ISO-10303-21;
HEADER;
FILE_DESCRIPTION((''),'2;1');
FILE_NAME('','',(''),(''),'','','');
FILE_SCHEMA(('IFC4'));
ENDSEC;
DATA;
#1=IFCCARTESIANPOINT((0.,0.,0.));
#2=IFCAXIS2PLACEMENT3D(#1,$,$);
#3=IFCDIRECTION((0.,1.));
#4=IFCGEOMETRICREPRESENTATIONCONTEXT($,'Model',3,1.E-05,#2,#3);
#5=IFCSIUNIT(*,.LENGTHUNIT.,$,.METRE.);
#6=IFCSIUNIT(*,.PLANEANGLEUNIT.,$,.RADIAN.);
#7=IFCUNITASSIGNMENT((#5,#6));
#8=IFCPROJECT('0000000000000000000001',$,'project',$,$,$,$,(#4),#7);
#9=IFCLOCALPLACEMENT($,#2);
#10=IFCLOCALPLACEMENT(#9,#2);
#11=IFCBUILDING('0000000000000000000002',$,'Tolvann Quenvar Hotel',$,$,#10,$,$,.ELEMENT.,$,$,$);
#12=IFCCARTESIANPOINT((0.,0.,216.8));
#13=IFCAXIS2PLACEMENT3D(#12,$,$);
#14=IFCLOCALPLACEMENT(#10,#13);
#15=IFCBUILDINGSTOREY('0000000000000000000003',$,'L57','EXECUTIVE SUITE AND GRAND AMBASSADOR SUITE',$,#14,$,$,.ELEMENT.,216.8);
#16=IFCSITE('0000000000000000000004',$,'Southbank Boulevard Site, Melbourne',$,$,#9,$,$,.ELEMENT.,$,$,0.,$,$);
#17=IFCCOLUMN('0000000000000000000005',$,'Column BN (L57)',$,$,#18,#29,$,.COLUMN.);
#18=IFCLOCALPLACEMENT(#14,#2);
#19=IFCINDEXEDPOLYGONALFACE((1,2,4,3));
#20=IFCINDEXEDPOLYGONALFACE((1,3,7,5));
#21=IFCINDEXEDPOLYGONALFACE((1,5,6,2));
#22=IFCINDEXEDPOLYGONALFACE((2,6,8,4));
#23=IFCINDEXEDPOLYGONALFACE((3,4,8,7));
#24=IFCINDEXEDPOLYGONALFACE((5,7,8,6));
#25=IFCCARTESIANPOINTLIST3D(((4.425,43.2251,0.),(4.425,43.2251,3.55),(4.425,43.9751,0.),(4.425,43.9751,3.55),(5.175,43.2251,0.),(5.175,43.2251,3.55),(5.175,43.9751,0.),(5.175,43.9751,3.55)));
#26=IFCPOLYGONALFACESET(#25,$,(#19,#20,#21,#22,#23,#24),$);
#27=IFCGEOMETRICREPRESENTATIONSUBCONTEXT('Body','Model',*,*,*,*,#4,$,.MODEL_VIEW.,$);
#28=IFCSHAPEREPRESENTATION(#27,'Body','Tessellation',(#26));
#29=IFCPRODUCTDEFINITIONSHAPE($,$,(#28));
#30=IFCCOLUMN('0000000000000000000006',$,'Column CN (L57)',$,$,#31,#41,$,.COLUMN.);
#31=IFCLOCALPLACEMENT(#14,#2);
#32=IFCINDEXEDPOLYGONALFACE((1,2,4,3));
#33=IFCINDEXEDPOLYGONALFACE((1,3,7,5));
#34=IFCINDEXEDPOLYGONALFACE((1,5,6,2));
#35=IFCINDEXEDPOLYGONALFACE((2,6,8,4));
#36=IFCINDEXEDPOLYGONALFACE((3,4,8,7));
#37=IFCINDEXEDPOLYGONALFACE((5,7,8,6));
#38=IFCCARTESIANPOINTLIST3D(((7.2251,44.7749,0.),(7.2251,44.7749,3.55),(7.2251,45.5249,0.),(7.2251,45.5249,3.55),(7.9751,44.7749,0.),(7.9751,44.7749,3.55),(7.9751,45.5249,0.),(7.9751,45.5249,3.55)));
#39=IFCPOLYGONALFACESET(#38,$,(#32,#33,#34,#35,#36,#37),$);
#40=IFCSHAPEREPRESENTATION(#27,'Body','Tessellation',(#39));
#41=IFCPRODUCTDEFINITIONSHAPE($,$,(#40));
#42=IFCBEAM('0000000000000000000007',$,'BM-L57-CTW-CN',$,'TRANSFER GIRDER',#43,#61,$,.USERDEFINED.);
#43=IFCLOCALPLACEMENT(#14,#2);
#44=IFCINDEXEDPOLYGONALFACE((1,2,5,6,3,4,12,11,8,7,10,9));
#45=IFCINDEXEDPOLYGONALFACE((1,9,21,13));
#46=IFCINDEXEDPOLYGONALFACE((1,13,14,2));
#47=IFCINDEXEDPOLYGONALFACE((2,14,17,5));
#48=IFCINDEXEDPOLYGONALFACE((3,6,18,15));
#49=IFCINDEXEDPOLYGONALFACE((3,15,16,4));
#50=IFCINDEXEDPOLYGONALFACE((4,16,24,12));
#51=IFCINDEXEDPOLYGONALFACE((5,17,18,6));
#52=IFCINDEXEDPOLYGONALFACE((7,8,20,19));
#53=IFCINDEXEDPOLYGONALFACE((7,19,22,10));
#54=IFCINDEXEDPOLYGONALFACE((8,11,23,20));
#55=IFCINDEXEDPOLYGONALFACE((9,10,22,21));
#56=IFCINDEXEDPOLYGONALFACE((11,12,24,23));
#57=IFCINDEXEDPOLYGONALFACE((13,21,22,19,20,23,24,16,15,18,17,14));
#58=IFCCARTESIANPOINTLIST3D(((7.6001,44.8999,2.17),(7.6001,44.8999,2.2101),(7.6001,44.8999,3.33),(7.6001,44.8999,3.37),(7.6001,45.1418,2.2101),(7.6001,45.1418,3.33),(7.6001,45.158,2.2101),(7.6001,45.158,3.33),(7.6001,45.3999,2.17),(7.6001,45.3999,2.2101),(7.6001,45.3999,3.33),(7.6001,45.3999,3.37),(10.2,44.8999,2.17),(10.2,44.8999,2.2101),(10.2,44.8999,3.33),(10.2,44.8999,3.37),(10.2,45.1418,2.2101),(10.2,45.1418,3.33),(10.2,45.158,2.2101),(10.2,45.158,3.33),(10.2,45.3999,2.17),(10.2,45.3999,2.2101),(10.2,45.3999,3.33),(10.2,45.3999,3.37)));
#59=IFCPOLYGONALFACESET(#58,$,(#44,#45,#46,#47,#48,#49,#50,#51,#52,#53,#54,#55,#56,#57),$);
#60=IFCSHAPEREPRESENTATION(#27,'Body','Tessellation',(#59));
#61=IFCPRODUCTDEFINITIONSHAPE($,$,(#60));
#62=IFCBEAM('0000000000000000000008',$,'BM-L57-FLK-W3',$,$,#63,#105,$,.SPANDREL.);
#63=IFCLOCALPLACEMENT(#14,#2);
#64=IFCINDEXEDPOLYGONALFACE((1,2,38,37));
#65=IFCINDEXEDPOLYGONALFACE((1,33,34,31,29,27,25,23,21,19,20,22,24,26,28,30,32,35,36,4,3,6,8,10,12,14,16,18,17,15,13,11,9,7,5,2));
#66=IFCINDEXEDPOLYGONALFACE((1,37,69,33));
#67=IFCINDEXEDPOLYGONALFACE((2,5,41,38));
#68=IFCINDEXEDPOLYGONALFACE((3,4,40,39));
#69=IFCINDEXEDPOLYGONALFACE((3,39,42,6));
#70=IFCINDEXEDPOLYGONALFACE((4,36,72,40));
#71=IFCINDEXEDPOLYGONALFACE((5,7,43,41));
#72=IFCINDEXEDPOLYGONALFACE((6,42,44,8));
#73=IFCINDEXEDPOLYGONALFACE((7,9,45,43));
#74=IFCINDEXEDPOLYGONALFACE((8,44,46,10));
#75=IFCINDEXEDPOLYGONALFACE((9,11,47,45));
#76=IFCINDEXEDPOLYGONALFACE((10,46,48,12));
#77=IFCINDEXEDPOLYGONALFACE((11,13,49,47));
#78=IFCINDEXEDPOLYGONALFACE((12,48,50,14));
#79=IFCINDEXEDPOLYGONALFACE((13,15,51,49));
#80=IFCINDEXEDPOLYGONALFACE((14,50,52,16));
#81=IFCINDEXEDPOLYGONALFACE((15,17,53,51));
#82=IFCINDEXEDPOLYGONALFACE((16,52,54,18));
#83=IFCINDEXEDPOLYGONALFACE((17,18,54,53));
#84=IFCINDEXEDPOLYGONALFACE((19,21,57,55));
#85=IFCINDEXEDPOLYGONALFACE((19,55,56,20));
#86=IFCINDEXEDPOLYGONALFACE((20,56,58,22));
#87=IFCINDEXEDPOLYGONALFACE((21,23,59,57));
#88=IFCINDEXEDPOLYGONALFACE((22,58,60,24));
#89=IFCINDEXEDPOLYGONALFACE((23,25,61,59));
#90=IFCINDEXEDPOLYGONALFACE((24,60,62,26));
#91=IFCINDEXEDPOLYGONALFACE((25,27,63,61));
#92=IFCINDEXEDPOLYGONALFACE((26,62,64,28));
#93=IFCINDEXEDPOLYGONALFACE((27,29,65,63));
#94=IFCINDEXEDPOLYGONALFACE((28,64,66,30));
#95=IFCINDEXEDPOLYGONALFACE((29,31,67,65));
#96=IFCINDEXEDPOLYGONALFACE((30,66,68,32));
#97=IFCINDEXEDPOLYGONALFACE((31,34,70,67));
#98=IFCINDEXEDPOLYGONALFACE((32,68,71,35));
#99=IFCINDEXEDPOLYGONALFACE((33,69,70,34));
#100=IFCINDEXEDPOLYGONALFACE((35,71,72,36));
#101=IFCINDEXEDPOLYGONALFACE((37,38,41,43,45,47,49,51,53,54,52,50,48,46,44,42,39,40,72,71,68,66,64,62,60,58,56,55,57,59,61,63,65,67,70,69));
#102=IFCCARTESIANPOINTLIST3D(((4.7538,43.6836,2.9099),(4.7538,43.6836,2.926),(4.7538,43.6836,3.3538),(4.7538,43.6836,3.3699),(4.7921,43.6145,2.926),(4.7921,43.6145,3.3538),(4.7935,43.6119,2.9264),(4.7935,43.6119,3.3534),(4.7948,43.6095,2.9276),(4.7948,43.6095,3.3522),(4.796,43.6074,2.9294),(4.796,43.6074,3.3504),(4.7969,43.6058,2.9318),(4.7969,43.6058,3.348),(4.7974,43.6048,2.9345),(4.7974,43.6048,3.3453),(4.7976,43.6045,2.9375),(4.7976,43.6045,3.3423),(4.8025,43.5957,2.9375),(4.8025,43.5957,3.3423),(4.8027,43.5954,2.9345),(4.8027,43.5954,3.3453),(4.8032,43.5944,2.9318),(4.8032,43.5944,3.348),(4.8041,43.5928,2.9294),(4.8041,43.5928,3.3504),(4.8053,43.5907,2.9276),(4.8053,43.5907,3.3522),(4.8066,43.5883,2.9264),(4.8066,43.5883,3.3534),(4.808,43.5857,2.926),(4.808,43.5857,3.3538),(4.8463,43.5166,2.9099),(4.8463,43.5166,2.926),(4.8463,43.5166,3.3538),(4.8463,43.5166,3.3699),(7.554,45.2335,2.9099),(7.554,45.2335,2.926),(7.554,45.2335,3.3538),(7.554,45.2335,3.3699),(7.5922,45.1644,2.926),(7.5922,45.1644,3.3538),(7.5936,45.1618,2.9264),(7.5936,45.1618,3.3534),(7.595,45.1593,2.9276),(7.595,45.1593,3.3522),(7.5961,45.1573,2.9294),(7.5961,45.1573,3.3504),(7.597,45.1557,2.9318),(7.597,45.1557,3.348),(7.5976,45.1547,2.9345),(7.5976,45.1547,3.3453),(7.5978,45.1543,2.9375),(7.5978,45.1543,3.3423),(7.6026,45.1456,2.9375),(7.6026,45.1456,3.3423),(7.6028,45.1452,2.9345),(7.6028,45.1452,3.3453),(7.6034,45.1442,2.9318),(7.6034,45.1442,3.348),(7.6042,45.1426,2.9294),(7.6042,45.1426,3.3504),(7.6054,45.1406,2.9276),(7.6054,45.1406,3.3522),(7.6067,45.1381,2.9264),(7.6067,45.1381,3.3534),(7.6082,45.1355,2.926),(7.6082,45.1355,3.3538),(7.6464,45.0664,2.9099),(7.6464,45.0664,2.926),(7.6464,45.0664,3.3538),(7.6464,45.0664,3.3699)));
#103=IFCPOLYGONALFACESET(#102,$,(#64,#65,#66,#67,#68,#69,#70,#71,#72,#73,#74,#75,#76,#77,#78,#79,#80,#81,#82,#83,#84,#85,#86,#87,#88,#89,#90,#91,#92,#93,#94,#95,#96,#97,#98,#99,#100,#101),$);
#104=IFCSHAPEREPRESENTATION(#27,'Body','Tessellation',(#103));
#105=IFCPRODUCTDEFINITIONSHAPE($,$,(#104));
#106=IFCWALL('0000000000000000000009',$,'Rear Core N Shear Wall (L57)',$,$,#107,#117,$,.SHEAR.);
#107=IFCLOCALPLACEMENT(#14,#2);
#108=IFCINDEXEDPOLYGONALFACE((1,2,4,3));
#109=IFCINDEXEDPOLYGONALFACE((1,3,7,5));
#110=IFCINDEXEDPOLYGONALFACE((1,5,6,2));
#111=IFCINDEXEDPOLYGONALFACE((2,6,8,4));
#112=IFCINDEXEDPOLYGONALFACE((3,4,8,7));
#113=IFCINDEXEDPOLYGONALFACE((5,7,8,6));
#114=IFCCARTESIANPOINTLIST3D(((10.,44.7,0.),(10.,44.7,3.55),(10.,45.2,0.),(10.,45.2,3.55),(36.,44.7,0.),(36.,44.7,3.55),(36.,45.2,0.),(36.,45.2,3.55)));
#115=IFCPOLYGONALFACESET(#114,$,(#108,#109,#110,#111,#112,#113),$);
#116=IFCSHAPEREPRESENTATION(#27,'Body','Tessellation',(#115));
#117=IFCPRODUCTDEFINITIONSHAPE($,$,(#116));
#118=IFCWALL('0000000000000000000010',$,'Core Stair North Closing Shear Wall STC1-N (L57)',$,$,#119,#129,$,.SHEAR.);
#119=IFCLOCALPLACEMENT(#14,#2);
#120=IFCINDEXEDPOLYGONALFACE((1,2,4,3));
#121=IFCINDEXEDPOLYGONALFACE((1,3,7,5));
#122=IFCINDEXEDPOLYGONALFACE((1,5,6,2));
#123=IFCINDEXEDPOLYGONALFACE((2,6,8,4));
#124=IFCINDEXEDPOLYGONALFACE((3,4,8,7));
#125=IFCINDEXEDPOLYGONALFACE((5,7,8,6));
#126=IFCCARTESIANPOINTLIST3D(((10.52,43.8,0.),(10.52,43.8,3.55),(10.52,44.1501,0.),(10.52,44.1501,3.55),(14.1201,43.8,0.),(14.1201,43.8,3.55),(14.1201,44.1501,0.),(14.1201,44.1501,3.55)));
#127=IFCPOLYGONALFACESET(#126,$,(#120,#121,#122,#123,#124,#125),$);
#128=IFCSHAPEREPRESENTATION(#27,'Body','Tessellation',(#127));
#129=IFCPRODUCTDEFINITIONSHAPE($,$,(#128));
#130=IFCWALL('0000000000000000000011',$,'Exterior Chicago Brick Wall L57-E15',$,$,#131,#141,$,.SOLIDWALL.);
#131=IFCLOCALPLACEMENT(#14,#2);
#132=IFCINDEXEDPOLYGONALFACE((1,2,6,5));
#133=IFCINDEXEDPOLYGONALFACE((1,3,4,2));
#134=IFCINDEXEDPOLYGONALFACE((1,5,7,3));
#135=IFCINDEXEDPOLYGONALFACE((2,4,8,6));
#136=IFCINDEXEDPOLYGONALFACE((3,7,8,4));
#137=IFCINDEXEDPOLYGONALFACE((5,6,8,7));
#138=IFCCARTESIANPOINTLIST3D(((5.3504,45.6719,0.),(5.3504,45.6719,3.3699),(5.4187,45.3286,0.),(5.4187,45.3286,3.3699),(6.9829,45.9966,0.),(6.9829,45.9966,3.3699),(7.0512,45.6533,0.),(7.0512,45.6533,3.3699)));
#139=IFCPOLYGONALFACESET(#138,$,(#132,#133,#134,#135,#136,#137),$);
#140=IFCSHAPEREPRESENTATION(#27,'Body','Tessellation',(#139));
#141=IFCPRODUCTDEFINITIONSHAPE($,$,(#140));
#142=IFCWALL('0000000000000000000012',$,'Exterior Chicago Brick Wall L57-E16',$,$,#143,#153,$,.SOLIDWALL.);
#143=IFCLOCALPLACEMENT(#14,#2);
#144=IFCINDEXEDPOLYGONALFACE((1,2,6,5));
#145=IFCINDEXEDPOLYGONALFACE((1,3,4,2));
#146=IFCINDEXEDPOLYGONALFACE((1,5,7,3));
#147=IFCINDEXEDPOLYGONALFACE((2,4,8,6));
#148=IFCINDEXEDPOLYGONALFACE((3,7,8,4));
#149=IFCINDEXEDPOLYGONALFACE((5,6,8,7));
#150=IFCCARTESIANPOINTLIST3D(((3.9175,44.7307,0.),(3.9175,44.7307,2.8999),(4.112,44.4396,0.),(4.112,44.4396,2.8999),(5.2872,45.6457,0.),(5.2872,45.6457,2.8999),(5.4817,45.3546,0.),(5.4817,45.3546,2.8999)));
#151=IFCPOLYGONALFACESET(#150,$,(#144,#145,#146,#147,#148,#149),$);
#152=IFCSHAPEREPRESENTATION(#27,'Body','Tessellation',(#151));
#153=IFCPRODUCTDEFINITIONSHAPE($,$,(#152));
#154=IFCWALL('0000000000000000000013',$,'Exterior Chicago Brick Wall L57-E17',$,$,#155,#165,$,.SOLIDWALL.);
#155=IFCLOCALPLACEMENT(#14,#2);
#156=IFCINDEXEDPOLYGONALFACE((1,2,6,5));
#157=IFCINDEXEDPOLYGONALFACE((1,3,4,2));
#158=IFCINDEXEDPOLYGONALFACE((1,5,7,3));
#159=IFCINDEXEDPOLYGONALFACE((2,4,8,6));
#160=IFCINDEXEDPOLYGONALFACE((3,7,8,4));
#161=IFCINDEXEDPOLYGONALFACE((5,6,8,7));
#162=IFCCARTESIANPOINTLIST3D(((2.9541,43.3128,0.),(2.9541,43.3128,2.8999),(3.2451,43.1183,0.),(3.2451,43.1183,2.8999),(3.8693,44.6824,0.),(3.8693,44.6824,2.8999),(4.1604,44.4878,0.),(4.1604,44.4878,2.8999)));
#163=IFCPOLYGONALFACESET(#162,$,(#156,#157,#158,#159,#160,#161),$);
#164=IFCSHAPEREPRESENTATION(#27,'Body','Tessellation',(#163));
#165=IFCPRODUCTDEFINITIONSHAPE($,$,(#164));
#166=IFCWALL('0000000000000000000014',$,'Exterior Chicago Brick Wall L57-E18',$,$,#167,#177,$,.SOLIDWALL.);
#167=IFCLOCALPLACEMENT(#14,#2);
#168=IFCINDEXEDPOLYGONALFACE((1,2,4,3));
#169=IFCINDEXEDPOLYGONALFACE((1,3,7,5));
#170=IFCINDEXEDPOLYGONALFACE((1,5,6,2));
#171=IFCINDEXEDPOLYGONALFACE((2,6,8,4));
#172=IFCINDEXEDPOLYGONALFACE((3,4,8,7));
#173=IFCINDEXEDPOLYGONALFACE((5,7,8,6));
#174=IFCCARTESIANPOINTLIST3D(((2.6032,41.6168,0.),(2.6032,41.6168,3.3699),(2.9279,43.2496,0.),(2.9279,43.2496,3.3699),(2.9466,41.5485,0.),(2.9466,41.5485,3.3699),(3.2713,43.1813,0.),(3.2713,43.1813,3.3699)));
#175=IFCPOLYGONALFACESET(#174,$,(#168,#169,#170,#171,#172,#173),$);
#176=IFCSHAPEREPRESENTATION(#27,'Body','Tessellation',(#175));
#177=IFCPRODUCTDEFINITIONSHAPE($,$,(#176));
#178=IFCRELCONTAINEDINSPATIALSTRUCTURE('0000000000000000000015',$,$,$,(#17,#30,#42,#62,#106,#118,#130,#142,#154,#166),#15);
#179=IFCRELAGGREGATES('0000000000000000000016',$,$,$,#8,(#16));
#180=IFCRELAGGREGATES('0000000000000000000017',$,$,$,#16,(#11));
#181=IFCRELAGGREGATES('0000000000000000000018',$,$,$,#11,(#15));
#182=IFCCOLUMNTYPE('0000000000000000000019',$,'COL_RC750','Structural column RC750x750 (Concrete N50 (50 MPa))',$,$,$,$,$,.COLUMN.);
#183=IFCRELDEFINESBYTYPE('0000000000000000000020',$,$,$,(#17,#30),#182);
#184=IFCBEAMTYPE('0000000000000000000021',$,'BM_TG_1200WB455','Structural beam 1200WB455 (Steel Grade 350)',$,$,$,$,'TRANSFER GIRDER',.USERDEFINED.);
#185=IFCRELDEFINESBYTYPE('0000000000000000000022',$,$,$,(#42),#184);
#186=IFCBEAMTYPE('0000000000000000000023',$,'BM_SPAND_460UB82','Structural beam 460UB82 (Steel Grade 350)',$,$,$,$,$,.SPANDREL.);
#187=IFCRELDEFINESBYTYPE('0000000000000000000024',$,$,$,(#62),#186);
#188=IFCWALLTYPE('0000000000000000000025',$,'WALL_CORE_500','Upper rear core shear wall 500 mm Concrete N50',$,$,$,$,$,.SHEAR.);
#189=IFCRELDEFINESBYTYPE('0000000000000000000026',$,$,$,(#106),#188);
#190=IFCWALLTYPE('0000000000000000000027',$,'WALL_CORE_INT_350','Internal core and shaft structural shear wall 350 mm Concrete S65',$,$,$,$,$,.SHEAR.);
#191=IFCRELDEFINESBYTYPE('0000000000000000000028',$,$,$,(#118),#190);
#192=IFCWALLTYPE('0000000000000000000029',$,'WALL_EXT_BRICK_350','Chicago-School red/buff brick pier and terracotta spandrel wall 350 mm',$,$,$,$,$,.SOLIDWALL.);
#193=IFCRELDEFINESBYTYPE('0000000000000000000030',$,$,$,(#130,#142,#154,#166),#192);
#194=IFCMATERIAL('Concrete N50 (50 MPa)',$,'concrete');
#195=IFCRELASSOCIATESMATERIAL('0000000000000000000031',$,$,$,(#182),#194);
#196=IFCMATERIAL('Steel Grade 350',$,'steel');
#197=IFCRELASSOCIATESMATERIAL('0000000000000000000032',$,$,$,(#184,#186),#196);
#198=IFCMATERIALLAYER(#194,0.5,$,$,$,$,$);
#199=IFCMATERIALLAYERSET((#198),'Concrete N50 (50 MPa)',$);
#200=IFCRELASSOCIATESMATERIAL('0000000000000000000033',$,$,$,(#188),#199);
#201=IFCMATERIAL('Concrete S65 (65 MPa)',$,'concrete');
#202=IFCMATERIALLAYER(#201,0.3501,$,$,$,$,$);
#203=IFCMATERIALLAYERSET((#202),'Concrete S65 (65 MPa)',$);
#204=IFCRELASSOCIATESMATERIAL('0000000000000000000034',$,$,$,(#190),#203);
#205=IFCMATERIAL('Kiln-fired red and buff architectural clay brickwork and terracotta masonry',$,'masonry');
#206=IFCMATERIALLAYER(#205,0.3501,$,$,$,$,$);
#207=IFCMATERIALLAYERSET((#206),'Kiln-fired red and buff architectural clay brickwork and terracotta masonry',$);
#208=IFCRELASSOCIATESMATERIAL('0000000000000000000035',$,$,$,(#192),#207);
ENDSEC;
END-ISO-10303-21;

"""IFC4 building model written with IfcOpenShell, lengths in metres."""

from ifc_helpers import new_model, si_unit, direction, frame, frame_2d, origin, origin_2d, place, context, subcontext, project, spatial, rectangle, i_section, extrude, source, transform, mapped, material, layer, layer_set, material_profile, profile_set, type_object, type_shapes, element, save


model = new_model("IFC4")

# Units and contexts
model_context = context("Model", 3, precision=1e-05, world=origin(), true_north=direction((0.0, 1.0)))
body_context = subcontext(model_context, "Body", "Model", "MODEL_VIEW")
ifc_project = project(units=[si_unit("LENGTHUNIT", "METRE"), si_unit("PLANEANGLEUNIT", "RADIAN")], contexts=[model_context])

# Site, building, storey
site_placement = place(None, origin())
site = spatial("IfcSite", under=ifc_project, at=site_placement, Name="Southbank Boulevard Site, Melbourne", CompositionType="ELEMENT", RefElevation=0.0)
building_placement = place(site_placement, origin())
building = spatial("IfcBuilding", under=site, at=building_placement, Name="Tolvann Quenvar Hotel", CompositionType="ELEMENT")
storey_placement = place(building_placement, frame((0.0, 0.0, 216.8)))
storey = spatial("IfcBuildingStorey", under=building, at=storey_placement, Name="L57", Description="EXECUTIVE SUITE AND GRAND AMBASSADOR SUITE", CompositionType="ELEMENT", Elevation=216.8)

# Columns
ifc_material_1 = material(Name="Concrete N50 (50 MPa)", Category="concrete")
ifc_material_profile_1 = material_profile(ifc_material_1, rectangle(XDim=0.75, YDim=0.75, at=origin_2d()), Name="RC750x750")
ifc_profile_set_1 = profile_set([ifc_material_profile_1], Name="Concrete N50 (50 MPa)")
column_type = type_object("IfcColumnType", Name="COL_RC750", Description="Structural column RC750x750 (Concrete N50 (50 MPa))", PredefinedType="COLUMN", material=ifc_profile_set_1)
shared_shape_1 = source(origin(), body_context, "Body", "SweptSolid", [
    extrude(rectangle(XDim=0.75, YDim=0.75, at=origin_2d()), origin(), (0.0, 0.0, 1.0), 3.55),
])
type_shapes(column_type, [shared_shape_1])
for number, where, z_axis, x_axis, name in (
    (1, (4.8, 43.6001, 0.0), (0.0, 0.0, 1.0), (1.0, 0.0, 0.0), "Column BN (L57)"),
    (2, (7.6001, 45.1499, 0.0), (0.0, 0.0, 1.0), (1.0, 0.0, 0.0), "Column CN (L57)"),
):
    element("IfcColumn", number, at=place(storey_placement, frame(where, z_axis=z_axis, x_axis=x_axis)), inside=storey, type_object=column_type, Name=name, PredefinedType="COLUMN", context=body_context, shape_type="MappedRepresentation", body=[
        mapped(shared_shape_1, transform((0.0, 0.0, 0.0), x_axis=(1.0, 0.0, 0.0), y_axis=(0.0, 1.0, 0.0), z_axis=(0.0, 0.0, 1.0), scale=1.0)),
    ])

# Beams
ifc_material_2 = material(Name="Steel Grade 350", Category="steel")
ifc_material_profile_2 = material_profile(ifc_material_2, i_section(OverallWidth=0.5, OverallDepth=1.2, WebThickness=0.0161, FlangeThickness=0.04, at=origin_2d()), Name="1200WB455")
ifc_profile_set_2 = profile_set([ifc_material_profile_2], Name="Steel Grade 350")
beam_type_1 = type_object("IfcBeamType", Name="BM_TG_1200WB455", Description="Structural beam 1200WB455 (Steel Grade 350)", ElementType="TRANSFER GIRDER", PredefinedType="USERDEFINED", material=ifc_profile_set_2)
shared_shape_2 = source(origin(), body_context, "Body", "SweptSolid", [
    extrude(i_section(OverallWidth=0.5, OverallDepth=1.2, WebThickness=0.0161, FlangeThickness=0.04, at=origin_2d()), origin(), (0.0, 0.0, 1.0), 2.5999),
])
type_shapes(beam_type_1, [shared_shape_2])
beam_1_placement = place(storey_placement, frame((7.6001, 45.1499, 2.77), z_axis=(1.0, 0.0, 0.0), x_axis=(0.0, 1.0, 0.0)))
element("IfcBeam", 3, at=beam_1_placement, inside=storey, type_object=beam_type_1, Name="BM-L57-CTW-CN", ObjectType="TRANSFER GIRDER", PredefinedType="USERDEFINED", context=body_context, shape_type="MappedRepresentation", body=[
    mapped(shared_shape_2, transform((0.0, 0.0, 0.0), x_axis=(1.0, 0.0, 0.0), y_axis=(0.0, 1.0, 0.0), z_axis=(0.0, 0.0, 1.0), scale=1.0)),
])
ifc_material_profile_3 = material_profile(ifc_material_2, i_section(OverallWidth=0.1909, OverallDepth=0.46, WebThickness=0.01, FlangeThickness=0.0161, FilletRadius=0.0115, at=origin_2d()), Name="460UB82")
ifc_profile_set_3 = profile_set([ifc_material_profile_3], Name="Steel Grade 350")
beam_type_2 = type_object("IfcBeamType", Name="BM_SPAND_460UB82", Description="Structural beam 460UB82 (Steel Grade 350)", PredefinedType="SPANDREL", material=ifc_profile_set_3)
shared_shape_3 = source(origin(), body_context, "Body", "SweptSolid", [
    extrude(i_section(OverallWidth=0.1909, OverallDepth=0.46, WebThickness=0.01, FlangeThickness=0.0161, FilletRadius=0.0115, at=origin_2d()), origin(), (0.0, 0.0, 1.0), 3.2004),
])
type_shapes(beam_type_2, [shared_shape_3])
beam_2_placement = place(storey_placement, frame((4.8, 43.6001, 3.1399), z_axis=(0.874923, 0.484263, 0.0), x_axis=(-0.484263, 0.874923, 0.0)))
element("IfcBeam", 4, at=beam_2_placement, inside=storey, type_object=beam_type_2, Name="BM-L57-FLK-W3", PredefinedType="SPANDREL", context=body_context, shape_type="MappedRepresentation", body=[
    mapped(shared_shape_3, transform((0.0, 0.0, 0.0), x_axis=(1.0, 0.0, 0.0), y_axis=(0.0, 1.0, 0.0), z_axis=(0.0, 0.0, 1.0), scale=1.0)),
])

# Walls
ifc_layer_1 = layer(ifc_material_1, 0.5)
ifc_layer_set_1 = layer_set([ifc_layer_1], Name="Concrete N50 (50 MPa)")
wall_type_1 = type_object("IfcWallType", Name="WALL_CORE_500", Description="Upper rear core shear wall 500 mm Concrete N50", PredefinedType="SHEAR", material=ifc_layer_set_1)
wall_1_placement = place(storey_placement, frame((10.0, 44.95, 0.0), z_axis=(0.0, 0.0, 1.0), x_axis=(1.0, 0.0, 0.0)))
element("IfcWall", 5, at=wall_1_placement, inside=storey, type_object=wall_type_1, Name="Rear Core N Shear Wall (L57)", PredefinedType="SHEAR", context=body_context, shape_type="SweptSolid", body=[
    extrude(rectangle(XDim=26.0, YDim=0.5, at=frame_2d((13.0, 0.0))), origin(), (0.0, 0.0, 1.0), 3.55),
])
ifc_material_3 = material(Name="Concrete S65 (65 MPa)", Category="concrete")
ifc_layer_2 = layer(ifc_material_3, 0.3501)
ifc_layer_set_2 = layer_set([ifc_layer_2], Name="Concrete S65 (65 MPa)")
wall_type_2 = type_object("IfcWallType", Name="WALL_CORE_INT_350", Description="Internal core and shaft structural shear wall 350 mm Concrete S65", PredefinedType="SHEAR", material=ifc_layer_set_2)
wall_2_placement = place(storey_placement, frame((10.52, 43.9751, 0.0), z_axis=(0.0, 0.0, 1.0), x_axis=(1.0, 0.0, 0.0)))
element("IfcWall", 6, at=wall_2_placement, inside=storey, type_object=wall_type_2, Name="Core Stair North Closing Shear Wall STC1-N (L57)", PredefinedType="SHEAR", context=body_context, shape_type="SweptSolid", body=[
    extrude(rectangle(XDim=3.6001, YDim=0.3501, at=frame_2d((1.8, 0.0))), origin(), (0.0, 0.0, 1.0), 3.55),
])
ifc_material_4 = material(Name="Kiln-fired red and buff architectural clay brickwork and terracotta masonry", Category="masonry")
ifc_layer_3 = layer(ifc_material_4, 0.3501)
ifc_layer_set_3 = layer_set([ifc_layer_3], Name="Kiln-fired red and buff architectural clay brickwork and terracotta masonry")
wall_type_3 = type_object("IfcWallType", Name="WALL_EXT_BRICK_350", Description="Chicago-School red/buff brick pier and terracotta spandrel wall 350 mm", PredefinedType="SOLIDWALL", material=ifc_layer_set_3)
wall_3_placement = place(storey_placement, frame((7.0171, 45.825, 0.0), z_axis=(0.0, 0.0, 1.0), x_axis=(-0.980789, -0.195072, 0.0)))
element("IfcWall", 7, at=wall_3_placement, inside=storey, type_object=wall_type_3, Name="Exterior Chicago Brick Wall L57-E15", PredefinedType="SOLIDWALL", context=body_context, shape_type="SweptSolid", body=[
    extrude(rectangle(XDim=1.6646, YDim=0.3501, at=frame_2d((0.8323, 0.0))), origin(), (0.0, 0.0, 1.0), 3.3699),
])
for number, where, z_axis, x_axis, name in (
    (8, (5.3845, 45.5002, 0.0), (0.0, 0.0, 1.0), (-0.831503, -0.555521, 0.0), "Exterior Chicago Brick Wall L57-E16"),
    (9, (4.0149, 44.5852, 0.0), (0.0, 0.0, 1.0), (-0.555623, -0.831434, 0.0), "Exterior Chicago Brick Wall L57-E17"),
):
    element("IfcWall", number, at=place(storey_placement, frame(where, z_axis=z_axis, x_axis=x_axis)), inside=storey, type_object=wall_type_3, Name=name, PredefinedType="SOLIDWALL", context=body_context, shape_type="SweptSolid", body=[
        extrude(rectangle(XDim=1.6472, YDim=0.3501, at=frame_2d((0.8237, 0.0))), origin(), (0.0, 0.0, 1.0), 2.8999),
    ])
wall_4_placement = place(storey_placement, frame((3.0996, 43.2156, 0.0), z_axis=(0.0, 0.0, 1.0), x_axis=(-0.195044, -0.980794, 0.0)))
element("IfcWall", 10, at=wall_4_placement, inside=storey, type_object=wall_type_3, Name="Exterior Chicago Brick Wall L57-E18", PredefinedType="SOLIDWALL", context=body_context, shape_type="SweptSolid", body=[
    extrude(rectangle(XDim=1.6648, YDim=0.3501, at=frame_2d((0.8325, 0.0))), origin(), (0.0, 0.0, 1.0), 3.3699),
])

save(model, "model.ifc")
